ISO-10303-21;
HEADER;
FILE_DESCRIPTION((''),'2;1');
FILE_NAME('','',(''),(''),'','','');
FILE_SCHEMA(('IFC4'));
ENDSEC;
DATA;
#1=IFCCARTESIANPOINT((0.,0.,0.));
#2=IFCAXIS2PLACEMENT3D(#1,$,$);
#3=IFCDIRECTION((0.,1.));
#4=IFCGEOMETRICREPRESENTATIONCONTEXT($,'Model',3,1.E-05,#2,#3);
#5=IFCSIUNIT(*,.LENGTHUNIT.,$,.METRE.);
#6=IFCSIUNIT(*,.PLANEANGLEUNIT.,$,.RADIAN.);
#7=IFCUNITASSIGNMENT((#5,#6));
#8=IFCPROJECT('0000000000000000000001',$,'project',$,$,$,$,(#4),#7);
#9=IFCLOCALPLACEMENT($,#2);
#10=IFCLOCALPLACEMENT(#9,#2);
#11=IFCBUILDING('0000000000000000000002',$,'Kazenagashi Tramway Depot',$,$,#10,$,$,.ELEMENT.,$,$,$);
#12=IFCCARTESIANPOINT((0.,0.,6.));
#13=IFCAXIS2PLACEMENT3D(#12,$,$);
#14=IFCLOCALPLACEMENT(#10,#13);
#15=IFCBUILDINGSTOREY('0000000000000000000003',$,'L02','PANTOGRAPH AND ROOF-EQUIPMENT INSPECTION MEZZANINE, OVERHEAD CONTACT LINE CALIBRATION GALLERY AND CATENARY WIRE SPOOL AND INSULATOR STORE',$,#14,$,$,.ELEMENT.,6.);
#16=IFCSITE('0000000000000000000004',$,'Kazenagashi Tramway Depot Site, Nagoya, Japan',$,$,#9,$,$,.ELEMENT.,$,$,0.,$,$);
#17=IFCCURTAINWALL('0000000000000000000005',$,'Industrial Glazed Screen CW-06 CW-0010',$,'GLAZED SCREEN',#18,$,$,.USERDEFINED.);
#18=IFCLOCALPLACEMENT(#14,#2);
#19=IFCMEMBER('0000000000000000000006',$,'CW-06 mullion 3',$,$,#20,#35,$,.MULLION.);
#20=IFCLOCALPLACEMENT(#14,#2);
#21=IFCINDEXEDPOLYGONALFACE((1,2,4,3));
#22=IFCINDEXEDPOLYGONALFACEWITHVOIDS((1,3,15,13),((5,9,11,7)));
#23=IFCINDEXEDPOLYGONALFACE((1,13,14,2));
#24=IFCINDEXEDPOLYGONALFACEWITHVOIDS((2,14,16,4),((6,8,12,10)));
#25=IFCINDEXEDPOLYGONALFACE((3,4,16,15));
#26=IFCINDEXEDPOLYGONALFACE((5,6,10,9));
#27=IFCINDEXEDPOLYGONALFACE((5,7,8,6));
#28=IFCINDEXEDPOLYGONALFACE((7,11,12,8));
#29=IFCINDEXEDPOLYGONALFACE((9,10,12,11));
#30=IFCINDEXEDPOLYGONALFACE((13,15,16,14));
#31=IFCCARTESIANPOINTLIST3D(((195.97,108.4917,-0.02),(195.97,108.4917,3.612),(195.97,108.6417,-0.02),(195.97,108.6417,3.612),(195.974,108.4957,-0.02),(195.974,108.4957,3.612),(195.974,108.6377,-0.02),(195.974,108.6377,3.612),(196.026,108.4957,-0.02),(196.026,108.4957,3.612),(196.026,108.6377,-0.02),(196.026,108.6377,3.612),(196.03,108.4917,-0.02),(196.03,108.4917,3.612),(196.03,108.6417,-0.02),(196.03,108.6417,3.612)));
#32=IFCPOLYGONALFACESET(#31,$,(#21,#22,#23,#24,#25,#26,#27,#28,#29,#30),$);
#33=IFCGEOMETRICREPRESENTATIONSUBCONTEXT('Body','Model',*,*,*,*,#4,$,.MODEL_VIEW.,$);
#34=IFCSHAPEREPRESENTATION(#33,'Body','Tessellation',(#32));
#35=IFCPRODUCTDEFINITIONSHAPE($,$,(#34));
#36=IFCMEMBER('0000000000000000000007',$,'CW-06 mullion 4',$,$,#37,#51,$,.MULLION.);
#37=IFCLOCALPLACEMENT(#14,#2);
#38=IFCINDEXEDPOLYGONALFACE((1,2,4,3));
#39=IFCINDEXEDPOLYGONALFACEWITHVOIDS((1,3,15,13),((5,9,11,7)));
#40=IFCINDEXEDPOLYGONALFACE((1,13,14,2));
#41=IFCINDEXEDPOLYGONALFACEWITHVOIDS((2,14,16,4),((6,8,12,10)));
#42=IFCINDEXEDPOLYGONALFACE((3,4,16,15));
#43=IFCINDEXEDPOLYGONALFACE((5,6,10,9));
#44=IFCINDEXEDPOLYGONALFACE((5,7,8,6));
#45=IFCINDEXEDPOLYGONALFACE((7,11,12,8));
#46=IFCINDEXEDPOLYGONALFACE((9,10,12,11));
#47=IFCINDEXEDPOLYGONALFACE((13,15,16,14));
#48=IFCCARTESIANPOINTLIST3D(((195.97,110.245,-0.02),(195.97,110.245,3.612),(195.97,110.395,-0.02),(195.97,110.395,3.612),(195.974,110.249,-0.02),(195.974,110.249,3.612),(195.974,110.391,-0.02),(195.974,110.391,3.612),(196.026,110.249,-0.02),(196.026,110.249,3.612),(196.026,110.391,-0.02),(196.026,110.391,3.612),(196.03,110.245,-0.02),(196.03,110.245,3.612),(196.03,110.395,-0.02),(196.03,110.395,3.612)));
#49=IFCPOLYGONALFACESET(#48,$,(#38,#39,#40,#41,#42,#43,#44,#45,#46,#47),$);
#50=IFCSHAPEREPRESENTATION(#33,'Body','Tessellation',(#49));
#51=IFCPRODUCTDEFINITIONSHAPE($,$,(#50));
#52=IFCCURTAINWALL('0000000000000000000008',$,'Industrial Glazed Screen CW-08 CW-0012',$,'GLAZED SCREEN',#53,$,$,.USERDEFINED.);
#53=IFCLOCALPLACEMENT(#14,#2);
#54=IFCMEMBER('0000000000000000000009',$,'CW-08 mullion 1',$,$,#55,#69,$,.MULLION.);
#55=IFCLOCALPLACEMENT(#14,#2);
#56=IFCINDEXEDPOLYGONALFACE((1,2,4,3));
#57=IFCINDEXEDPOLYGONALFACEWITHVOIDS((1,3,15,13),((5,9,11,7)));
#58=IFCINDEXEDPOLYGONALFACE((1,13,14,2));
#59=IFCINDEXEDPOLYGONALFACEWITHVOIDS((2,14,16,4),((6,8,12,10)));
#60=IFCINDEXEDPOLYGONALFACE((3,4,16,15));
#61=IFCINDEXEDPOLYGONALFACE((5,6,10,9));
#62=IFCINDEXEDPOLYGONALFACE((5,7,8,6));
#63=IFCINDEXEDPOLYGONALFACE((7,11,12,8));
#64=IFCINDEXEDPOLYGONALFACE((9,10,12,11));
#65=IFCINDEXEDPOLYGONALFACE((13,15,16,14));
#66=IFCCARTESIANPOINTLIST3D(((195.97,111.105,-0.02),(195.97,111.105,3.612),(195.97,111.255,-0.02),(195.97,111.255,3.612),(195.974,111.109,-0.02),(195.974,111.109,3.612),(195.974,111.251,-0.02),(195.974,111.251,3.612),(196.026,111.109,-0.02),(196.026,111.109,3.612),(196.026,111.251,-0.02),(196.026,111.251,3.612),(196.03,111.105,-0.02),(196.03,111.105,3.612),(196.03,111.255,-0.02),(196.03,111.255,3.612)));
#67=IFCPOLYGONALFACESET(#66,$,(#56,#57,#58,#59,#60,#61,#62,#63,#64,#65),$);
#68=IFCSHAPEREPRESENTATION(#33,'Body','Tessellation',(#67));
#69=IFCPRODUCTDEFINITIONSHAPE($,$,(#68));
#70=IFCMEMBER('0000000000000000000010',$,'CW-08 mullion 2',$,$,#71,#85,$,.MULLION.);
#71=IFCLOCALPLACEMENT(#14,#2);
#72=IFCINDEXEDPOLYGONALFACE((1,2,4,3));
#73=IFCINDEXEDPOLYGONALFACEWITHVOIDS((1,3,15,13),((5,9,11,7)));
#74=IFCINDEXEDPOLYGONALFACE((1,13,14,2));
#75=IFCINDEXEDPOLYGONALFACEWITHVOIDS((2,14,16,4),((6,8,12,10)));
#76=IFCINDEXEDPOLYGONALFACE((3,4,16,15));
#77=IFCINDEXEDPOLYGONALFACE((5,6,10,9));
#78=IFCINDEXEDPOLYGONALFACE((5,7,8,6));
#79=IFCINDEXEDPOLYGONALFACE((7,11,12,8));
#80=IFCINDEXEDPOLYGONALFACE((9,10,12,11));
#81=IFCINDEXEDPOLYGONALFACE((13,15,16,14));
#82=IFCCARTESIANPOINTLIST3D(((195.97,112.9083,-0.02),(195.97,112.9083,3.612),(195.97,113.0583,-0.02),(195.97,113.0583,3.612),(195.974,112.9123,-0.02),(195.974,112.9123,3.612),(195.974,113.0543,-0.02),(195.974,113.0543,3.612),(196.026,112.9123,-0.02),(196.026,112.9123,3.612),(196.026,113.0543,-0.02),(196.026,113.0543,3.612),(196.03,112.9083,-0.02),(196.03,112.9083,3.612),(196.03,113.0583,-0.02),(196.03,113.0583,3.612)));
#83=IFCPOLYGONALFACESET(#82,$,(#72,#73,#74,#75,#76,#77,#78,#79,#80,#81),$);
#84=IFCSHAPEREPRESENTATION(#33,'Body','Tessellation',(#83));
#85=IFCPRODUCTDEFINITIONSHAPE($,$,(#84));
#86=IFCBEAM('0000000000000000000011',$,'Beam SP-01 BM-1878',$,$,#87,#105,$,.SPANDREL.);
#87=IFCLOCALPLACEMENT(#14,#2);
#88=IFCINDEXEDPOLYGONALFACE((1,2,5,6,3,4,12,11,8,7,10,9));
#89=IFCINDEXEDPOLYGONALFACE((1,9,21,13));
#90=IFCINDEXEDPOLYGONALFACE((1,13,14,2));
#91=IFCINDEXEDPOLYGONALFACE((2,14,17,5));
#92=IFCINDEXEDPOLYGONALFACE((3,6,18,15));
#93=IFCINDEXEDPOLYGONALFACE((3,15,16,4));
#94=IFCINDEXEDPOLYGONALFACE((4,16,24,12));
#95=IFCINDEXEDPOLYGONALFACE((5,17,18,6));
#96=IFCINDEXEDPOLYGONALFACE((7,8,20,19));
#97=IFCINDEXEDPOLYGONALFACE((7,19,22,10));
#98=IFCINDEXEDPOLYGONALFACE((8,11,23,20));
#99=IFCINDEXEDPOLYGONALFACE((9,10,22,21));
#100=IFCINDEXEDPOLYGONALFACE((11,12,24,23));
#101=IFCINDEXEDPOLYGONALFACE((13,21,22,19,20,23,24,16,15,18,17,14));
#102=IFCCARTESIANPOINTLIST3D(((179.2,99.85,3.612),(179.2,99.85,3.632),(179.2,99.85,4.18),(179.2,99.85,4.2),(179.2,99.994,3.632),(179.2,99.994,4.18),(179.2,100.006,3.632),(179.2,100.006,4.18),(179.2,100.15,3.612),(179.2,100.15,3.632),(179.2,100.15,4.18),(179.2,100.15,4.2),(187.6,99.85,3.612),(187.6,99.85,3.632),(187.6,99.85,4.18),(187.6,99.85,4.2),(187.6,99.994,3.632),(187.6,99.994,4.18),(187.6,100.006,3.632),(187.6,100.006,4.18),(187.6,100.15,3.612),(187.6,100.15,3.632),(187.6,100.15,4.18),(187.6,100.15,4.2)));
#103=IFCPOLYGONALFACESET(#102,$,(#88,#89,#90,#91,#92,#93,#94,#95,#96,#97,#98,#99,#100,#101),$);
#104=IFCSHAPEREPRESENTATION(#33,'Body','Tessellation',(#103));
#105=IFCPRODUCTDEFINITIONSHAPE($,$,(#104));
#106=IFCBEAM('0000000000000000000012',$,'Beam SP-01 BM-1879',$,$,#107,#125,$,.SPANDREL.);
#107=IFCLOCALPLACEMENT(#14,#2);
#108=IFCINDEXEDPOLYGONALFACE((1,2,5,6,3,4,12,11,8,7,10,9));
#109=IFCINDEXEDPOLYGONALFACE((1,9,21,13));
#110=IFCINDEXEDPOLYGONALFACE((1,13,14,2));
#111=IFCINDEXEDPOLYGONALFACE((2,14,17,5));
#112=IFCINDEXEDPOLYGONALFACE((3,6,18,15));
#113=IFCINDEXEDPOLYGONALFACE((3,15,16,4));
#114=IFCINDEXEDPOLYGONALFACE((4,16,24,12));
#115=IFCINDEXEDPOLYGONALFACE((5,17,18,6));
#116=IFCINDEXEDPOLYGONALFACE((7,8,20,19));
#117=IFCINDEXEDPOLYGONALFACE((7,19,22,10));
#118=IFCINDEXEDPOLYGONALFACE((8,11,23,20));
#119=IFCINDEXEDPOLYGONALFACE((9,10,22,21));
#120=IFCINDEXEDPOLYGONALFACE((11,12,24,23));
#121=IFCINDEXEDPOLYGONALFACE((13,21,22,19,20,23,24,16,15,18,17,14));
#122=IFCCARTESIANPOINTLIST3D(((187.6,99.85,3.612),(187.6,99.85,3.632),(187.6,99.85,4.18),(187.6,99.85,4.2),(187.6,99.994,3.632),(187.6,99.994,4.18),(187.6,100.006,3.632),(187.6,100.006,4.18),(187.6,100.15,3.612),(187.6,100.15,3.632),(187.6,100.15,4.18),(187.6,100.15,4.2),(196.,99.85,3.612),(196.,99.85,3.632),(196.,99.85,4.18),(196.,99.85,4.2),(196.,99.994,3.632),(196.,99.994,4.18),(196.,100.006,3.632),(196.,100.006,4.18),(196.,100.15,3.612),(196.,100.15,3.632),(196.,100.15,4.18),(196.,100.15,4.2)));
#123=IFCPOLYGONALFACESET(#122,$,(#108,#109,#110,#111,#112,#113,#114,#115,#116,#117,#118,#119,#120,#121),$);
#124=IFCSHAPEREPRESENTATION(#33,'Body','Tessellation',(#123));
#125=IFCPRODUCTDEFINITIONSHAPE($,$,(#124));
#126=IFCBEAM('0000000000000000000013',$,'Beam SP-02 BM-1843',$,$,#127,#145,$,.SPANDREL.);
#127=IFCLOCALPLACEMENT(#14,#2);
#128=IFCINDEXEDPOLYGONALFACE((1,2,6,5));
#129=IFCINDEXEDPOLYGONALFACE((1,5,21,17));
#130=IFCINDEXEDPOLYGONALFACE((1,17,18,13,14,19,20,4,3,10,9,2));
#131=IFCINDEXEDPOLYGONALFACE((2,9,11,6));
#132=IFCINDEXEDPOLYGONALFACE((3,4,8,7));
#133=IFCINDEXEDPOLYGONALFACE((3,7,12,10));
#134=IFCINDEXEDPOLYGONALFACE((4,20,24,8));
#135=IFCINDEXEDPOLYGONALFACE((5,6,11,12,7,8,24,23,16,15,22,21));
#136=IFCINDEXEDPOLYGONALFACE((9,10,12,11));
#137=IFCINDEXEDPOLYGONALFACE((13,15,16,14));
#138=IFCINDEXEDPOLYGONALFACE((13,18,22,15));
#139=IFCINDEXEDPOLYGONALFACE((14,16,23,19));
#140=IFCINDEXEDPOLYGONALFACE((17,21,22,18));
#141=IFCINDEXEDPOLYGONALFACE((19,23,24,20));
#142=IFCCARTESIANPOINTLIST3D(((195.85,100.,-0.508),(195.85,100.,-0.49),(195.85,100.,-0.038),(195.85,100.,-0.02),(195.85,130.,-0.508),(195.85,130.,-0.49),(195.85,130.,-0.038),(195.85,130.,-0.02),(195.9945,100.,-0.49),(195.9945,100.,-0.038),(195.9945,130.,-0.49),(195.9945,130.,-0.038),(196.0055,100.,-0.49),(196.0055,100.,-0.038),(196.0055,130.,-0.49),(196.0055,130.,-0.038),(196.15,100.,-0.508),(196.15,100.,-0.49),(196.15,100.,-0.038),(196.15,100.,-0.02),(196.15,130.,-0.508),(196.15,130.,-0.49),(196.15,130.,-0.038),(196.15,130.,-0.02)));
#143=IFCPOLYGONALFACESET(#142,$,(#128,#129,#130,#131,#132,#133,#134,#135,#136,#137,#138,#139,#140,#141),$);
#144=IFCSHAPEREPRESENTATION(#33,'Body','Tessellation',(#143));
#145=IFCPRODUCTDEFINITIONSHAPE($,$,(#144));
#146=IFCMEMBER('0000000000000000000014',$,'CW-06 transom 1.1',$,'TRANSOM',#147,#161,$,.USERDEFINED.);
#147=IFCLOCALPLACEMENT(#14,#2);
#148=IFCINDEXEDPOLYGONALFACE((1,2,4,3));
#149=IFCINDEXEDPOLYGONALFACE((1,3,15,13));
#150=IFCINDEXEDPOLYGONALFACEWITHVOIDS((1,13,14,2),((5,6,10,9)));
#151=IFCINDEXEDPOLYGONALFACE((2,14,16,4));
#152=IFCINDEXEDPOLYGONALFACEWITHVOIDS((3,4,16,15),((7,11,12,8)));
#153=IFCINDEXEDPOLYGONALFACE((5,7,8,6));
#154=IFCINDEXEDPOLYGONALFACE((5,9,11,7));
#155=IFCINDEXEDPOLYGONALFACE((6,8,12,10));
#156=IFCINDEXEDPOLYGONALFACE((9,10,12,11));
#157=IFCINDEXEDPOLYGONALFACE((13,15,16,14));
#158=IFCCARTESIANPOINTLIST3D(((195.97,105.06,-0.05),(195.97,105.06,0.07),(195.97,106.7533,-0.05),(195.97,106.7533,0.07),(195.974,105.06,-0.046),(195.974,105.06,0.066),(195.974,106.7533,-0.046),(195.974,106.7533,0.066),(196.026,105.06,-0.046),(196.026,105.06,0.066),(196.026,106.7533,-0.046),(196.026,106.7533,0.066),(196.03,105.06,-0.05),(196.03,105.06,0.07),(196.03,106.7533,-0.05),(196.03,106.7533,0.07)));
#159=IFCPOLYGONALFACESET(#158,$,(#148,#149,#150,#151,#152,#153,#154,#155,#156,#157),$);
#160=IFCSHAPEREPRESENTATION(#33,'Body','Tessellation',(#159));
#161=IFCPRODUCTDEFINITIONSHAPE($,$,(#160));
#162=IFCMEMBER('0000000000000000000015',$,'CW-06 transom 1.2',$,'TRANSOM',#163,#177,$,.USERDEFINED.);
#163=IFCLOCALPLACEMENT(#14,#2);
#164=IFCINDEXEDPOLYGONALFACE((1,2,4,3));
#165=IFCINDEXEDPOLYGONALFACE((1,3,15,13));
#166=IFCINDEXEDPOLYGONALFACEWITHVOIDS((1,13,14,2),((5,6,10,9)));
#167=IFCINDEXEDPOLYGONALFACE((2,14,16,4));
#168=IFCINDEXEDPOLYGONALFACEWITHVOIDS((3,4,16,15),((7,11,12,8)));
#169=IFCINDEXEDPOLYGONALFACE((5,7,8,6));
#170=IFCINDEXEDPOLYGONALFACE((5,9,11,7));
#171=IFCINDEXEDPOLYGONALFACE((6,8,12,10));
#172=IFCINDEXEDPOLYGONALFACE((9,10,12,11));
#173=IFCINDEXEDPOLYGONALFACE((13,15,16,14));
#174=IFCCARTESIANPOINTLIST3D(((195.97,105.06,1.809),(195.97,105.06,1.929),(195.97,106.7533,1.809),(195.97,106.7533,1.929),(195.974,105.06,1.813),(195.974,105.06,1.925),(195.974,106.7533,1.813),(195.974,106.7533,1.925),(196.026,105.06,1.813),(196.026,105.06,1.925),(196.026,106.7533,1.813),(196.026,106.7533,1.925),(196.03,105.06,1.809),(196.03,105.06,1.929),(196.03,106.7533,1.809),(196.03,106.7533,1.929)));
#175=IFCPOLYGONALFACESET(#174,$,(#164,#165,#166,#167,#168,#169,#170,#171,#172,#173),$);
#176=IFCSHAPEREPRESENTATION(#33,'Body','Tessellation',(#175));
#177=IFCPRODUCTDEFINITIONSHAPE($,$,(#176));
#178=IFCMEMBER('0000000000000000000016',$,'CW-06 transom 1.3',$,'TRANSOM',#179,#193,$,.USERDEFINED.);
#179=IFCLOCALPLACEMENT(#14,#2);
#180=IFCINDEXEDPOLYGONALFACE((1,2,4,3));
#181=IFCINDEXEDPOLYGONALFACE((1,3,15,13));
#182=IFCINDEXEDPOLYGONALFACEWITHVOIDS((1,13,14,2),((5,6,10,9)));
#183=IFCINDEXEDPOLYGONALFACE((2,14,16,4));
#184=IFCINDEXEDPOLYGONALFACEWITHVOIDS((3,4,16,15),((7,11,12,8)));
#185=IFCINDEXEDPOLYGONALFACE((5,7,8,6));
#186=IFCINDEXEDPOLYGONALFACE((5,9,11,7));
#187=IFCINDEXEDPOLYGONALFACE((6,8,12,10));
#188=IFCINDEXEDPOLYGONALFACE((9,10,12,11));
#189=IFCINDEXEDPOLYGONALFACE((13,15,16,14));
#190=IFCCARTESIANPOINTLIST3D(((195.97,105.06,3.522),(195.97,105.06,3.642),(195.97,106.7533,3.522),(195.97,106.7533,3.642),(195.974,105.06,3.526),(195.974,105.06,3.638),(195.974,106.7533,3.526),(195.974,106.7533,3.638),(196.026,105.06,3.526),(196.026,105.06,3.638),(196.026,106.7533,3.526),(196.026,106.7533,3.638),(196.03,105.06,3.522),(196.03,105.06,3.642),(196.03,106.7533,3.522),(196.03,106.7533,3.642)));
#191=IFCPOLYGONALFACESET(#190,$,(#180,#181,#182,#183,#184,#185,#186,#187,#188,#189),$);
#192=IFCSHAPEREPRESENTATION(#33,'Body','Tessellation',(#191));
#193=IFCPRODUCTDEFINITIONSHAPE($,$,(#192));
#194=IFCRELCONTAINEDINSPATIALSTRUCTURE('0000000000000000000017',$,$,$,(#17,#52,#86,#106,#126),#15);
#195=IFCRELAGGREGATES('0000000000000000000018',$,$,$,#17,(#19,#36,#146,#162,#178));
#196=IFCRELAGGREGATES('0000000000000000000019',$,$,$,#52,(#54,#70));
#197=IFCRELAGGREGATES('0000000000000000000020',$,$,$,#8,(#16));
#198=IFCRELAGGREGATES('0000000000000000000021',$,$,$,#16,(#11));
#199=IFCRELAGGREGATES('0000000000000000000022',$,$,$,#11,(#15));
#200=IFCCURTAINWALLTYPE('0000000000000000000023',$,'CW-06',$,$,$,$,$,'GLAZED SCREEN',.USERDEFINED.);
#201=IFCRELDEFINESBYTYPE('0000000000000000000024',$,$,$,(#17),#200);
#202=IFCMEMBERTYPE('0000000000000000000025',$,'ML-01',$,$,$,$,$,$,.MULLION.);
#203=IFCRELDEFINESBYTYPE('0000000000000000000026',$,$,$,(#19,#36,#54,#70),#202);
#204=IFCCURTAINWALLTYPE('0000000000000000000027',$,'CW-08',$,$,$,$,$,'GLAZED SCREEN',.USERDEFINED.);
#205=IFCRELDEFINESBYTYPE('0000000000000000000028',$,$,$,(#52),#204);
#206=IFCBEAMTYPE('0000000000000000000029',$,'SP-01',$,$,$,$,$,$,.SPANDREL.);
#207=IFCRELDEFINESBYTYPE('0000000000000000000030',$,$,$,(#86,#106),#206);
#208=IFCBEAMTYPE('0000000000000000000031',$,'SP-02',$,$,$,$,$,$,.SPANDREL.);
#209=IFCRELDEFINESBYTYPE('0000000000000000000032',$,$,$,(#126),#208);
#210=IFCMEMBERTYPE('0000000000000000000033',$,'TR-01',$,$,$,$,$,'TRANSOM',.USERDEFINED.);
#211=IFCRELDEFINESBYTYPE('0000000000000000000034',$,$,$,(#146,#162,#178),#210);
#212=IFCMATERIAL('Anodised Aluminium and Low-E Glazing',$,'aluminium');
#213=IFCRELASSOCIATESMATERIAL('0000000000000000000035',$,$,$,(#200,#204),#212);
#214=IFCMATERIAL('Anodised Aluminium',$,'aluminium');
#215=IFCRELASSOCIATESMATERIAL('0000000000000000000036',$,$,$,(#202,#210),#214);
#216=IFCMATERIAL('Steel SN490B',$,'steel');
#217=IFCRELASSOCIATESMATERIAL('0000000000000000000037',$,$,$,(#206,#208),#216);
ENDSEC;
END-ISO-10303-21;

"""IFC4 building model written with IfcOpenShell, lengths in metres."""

from ifc_helpers import new_model, si_unit, direction, frame, origin, origin_2d, place, context, subcontext, project, spatial, hollow_rectangle, i_section, extrude, material, material_profile, profile_set, type_object, element, aggregate, save


model = new_model("IFC4")

# Units and contexts
model_context = context("Model", 3, precision=1e-05, world=origin(), true_north=direction((0.0, 1.0)))
body_context = subcontext(model_context, "Body", "Model", "MODEL_VIEW")
ifc_project = project(units=[si_unit("LENGTHUNIT", "METRE"), si_unit("PLANEANGLEUNIT", "RADIAN")], contexts=[model_context])

# Site, building, storey
site_placement = place(None, origin())
site = spatial("IfcSite", under=ifc_project, at=site_placement, Name="Kazenagashi Tramway Depot Site, Nagoya, Japan", CompositionType="ELEMENT", RefElevation=0.0)
building_placement = place(site_placement, origin())
building = spatial("IfcBuilding", under=site, at=building_placement, Name="Kazenagashi Tramway Depot", CompositionType="ELEMENT")
storey_placement = place(building_placement, frame((0.0, 0.0, 6.0)))
storey = spatial("IfcBuildingStorey", under=building, at=storey_placement, Name="L02", Description="PANTOGRAPH AND ROOF-EQUIPMENT INSPECTION MEZZANINE, OVERHEAD CONTACT LINE CALIBRATION GALLERY AND CATENARY WIRE SPOOL AND INSULATOR STORE", CompositionType="ELEMENT", Elevation=6.0)

# Curtain walls, members
ifc_material_1 = material(Name="Anodised Aluminium and Low-E Glazing", Category="aluminium")
curtain_wall_type_1 = type_object("IfcCurtainWallType", Name="CW-06", ElementType="GLAZED SCREEN", PredefinedType="USERDEFINED", material=ifc_material_1)
curtain_wall_1_placement = place(storey_placement, origin())
curtain_wall_1 = element("IfcCurtainWall", 1, at=curtain_wall_1_placement, inside=storey, type_object=curtain_wall_type_1, Name="Industrial Glazed Screen CW-06 CW-0010", ObjectType="GLAZED SCREEN", PredefinedType="USERDEFINED")
ifc_material_2 = material(Name="Anodised Aluminium", Category="aluminium")
ifc_material_profile_1 = material_profile(ifc_material_2, hollow_rectangle(XDim=0.06, YDim=0.15, WallThickness=0.004, at=origin_2d()), Name="RHS-150x60x4")
ifc_profile_set_1 = profile_set([ifc_material_profile_1], Name="Anodised Aluminium")
member_type_1 = type_object("IfcMemberType", Name="ML-01", PredefinedType="MULLION", material=ifc_profile_set_1)
member_1_placement = place(storey_placement, frame((196.0, 108.5667, -0.02), z_axis=(0.0, 0.0, 1.0), x_axis=(-1.0, 0.0, 0.0)))
member_1 = element("IfcMember", 2, at=member_1_placement, type_object=member_type_1, Name="CW-06 mullion 3", PredefinedType="MULLION", context=body_context, shape_type="SweptSolid", body=[
    extrude(hollow_rectangle(XDim=0.06, YDim=0.15, WallThickness=0.004, at=origin_2d()), origin(), (0.0, 0.0, 1.0), 3.632),
])
member_2_placement = place(storey_placement, frame((196.0, 110.32, -0.02), z_axis=(0.0, 0.0, 1.0), x_axis=(-1.0, 0.0, 0.0)))
member_2 = element("IfcMember", 3, at=member_2_placement, type_object=member_type_1, Name="CW-06 mullion 4", PredefinedType="MULLION", context=body_context, shape_type="SweptSolid", body=[
    extrude(hollow_rectangle(XDim=0.06, YDim=0.15, WallThickness=0.004, at=origin_2d()), origin(), (0.0, 0.0, 1.0), 3.632),
])
curtain_wall_type_2 = type_object("IfcCurtainWallType", Name="CW-08", ElementType="GLAZED SCREEN", PredefinedType="USERDEFINED", material=ifc_material_1)
curtain_wall_2_placement = place(storey_placement, origin())
curtain_wall_2 = element("IfcCurtainWall", 4, at=curtain_wall_2_placement, inside=storey, type_object=curtain_wall_type_2, Name="Industrial Glazed Screen CW-08 CW-0012", ObjectType="GLAZED SCREEN", PredefinedType="USERDEFINED")
member_3_placement = place(storey_placement, frame((196.0, 111.18, -0.02), z_axis=(0.0, 0.0, 1.0), x_axis=(-1.0, 0.0, 0.0)))
member_3 = element("IfcMember", 5, at=member_3_placement, type_object=member_type_1, Name="CW-08 mullion 1", PredefinedType="MULLION", context=body_context, shape_type="SweptSolid", body=[
    extrude(hollow_rectangle(XDim=0.06, YDim=0.15, WallThickness=0.004, at=origin_2d()), origin(), (0.0, 0.0, 1.0), 3.632),
])
member_4_placement = place(storey_placement, frame((196.0, 112.9833, -0.02), z_axis=(0.0, 0.0, 1.0), x_axis=(-1.0, 0.0, 0.0)))
member_4 = element("IfcMember", 6, at=member_4_placement, type_object=member_type_1, Name="CW-08 mullion 2", PredefinedType="MULLION", context=body_context, shape_type="SweptSolid", body=[
    extrude(hollow_rectangle(XDim=0.06, YDim=0.15, WallThickness=0.004, at=origin_2d()), origin(), (0.0, 0.0, 1.0), 3.632),
])

# Beams
ifc_material_3 = material(Name="Steel SN490B", Category="steel")
ifc_material_profile_2 = material_profile(ifc_material_3, i_section(OverallWidth=0.3, OverallDepth=0.588, WebThickness=0.012, FlangeThickness=0.02, at=origin_2d()), Name="H-588x300x12x20")
ifc_profile_set_2 = profile_set([ifc_material_profile_2], Name="Steel SN490B")
beam_type_1 = type_object("IfcBeamType", Name="SP-01", PredefinedType="SPANDREL", material=ifc_profile_set_2)
for number, where, z_axis, x_axis, name in (
    (7, (179.2, 100.0, 3.906), (1.0, 0.0, 0.0), (0.0, 1.0, 0.0), "Beam SP-01 BM-1878"),
    (8, (187.6, 100.0, 3.906), (1.0, 0.0, 0.0), (0.0, 1.0, 0.0), "Beam SP-01 BM-1879"),
):
    element("IfcBeam", number, at=place(storey_placement, frame(where, z_axis=z_axis, x_axis=x_axis)), inside=storey, type_object=beam_type_1, Name=name, PredefinedType="SPANDREL", context=body_context, shape_type="SweptSolid", body=[
        extrude(i_section(OverallWidth=0.3, OverallDepth=0.588, WebThickness=0.012, FlangeThickness=0.02, at=origin_2d()), origin(), (0.0, 0.0, 1.0), 8.4),
    ])
ifc_material_profile_3 = material_profile(ifc_material_3, i_section(OverallWidth=0.3, OverallDepth=0.488, WebThickness=0.011, FlangeThickness=0.018, at=origin_2d()), Name="H-488x300x11x18")
ifc_profile_set_3 = profile_set([ifc_material_profile_3], Name="Steel SN490B")
beam_type_2 = type_object("IfcBeamType", Name="SP-02", PredefinedType="SPANDREL", material=ifc_profile_set_3)
beam_placement = place(storey_placement, frame((196.0, 100.0, -0.264), z_axis=(0.0, 1.0, 0.0), x_axis=(-1.0, 0.0, 0.0)))
element("IfcBeam", 9, at=beam_placement, inside=storey, type_object=beam_type_2, Name="Beam SP-02 BM-1843", PredefinedType="SPANDREL", context=body_context, shape_type="SweptSolid", body=[
    extrude(i_section(OverallWidth=0.3, OverallDepth=0.488, WebThickness=0.011, FlangeThickness=0.018, at=origin_2d()), origin(), (0.0, 0.0, 1.0), 30.0),
])

# Members
ifc_material_profile_4 = material_profile(ifc_material_2, hollow_rectangle(XDim=0.06, YDim=0.12, WallThickness=0.004, at=origin_2d()), Name="RHS-120x60x4")
ifc_profile_set_4 = profile_set([ifc_material_profile_4], Name="Anodised Aluminium")
member_type_2 = type_object("IfcMemberType", Name="TR-01", ElementType="TRANSOM", PredefinedType="USERDEFINED", material=ifc_profile_set_4)
member_5_placement = place(storey_placement, frame((196.0, 105.06, 0.01), z_axis=(0.0, 1.0, 0.0), x_axis=(-1.0, 0.0, 0.0)))
member_5 = element("IfcMember", 10, at=member_5_placement, type_object=member_type_2, Name="CW-06 transom 1.1", ObjectType="TRANSOM", PredefinedType="USERDEFINED", context=body_context, shape_type="SweptSolid", body=[
    extrude(hollow_rectangle(XDim=0.06, YDim=0.12, WallThickness=0.004, at=origin_2d()), origin(), (0.0, 0.0, 1.0), 1.6933),
])
member_6_placement = place(storey_placement, frame((196.0, 105.06, 1.869), z_axis=(0.0, 1.0, 0.0), x_axis=(-1.0, 0.0, 0.0)))
member_6 = element("IfcMember", 11, at=member_6_placement, type_object=member_type_2, Name="CW-06 transom 1.2", ObjectType="TRANSOM", PredefinedType="USERDEFINED", context=body_context, shape_type="SweptSolid", body=[
    extrude(hollow_rectangle(XDim=0.06, YDim=0.12, WallThickness=0.004, at=origin_2d()), origin(), (0.0, 0.0, 1.0), 1.6933),
])
member_7_placement = place(storey_placement, frame((196.0, 105.06, 3.582), z_axis=(0.0, 1.0, 0.0), x_axis=(-1.0, 0.0, 0.0)))
member_7 = element("IfcMember", 12, at=member_7_placement, type_object=member_type_2, Name="CW-06 transom 1.3", ObjectType="TRANSOM", PredefinedType="USERDEFINED", context=body_context, shape_type="SweptSolid", body=[
    extrude(hollow_rectangle(XDim=0.06, YDim=0.12, WallThickness=0.004, at=origin_2d()), origin(), (0.0, 0.0, 1.0), 1.6933),
])

aggregate(curtain_wall_1, [member_1, member_2, member_5, member_6, member_7])
aggregate(curtain_wall_2, [member_3, member_4])

save(model, "model.ifc")
